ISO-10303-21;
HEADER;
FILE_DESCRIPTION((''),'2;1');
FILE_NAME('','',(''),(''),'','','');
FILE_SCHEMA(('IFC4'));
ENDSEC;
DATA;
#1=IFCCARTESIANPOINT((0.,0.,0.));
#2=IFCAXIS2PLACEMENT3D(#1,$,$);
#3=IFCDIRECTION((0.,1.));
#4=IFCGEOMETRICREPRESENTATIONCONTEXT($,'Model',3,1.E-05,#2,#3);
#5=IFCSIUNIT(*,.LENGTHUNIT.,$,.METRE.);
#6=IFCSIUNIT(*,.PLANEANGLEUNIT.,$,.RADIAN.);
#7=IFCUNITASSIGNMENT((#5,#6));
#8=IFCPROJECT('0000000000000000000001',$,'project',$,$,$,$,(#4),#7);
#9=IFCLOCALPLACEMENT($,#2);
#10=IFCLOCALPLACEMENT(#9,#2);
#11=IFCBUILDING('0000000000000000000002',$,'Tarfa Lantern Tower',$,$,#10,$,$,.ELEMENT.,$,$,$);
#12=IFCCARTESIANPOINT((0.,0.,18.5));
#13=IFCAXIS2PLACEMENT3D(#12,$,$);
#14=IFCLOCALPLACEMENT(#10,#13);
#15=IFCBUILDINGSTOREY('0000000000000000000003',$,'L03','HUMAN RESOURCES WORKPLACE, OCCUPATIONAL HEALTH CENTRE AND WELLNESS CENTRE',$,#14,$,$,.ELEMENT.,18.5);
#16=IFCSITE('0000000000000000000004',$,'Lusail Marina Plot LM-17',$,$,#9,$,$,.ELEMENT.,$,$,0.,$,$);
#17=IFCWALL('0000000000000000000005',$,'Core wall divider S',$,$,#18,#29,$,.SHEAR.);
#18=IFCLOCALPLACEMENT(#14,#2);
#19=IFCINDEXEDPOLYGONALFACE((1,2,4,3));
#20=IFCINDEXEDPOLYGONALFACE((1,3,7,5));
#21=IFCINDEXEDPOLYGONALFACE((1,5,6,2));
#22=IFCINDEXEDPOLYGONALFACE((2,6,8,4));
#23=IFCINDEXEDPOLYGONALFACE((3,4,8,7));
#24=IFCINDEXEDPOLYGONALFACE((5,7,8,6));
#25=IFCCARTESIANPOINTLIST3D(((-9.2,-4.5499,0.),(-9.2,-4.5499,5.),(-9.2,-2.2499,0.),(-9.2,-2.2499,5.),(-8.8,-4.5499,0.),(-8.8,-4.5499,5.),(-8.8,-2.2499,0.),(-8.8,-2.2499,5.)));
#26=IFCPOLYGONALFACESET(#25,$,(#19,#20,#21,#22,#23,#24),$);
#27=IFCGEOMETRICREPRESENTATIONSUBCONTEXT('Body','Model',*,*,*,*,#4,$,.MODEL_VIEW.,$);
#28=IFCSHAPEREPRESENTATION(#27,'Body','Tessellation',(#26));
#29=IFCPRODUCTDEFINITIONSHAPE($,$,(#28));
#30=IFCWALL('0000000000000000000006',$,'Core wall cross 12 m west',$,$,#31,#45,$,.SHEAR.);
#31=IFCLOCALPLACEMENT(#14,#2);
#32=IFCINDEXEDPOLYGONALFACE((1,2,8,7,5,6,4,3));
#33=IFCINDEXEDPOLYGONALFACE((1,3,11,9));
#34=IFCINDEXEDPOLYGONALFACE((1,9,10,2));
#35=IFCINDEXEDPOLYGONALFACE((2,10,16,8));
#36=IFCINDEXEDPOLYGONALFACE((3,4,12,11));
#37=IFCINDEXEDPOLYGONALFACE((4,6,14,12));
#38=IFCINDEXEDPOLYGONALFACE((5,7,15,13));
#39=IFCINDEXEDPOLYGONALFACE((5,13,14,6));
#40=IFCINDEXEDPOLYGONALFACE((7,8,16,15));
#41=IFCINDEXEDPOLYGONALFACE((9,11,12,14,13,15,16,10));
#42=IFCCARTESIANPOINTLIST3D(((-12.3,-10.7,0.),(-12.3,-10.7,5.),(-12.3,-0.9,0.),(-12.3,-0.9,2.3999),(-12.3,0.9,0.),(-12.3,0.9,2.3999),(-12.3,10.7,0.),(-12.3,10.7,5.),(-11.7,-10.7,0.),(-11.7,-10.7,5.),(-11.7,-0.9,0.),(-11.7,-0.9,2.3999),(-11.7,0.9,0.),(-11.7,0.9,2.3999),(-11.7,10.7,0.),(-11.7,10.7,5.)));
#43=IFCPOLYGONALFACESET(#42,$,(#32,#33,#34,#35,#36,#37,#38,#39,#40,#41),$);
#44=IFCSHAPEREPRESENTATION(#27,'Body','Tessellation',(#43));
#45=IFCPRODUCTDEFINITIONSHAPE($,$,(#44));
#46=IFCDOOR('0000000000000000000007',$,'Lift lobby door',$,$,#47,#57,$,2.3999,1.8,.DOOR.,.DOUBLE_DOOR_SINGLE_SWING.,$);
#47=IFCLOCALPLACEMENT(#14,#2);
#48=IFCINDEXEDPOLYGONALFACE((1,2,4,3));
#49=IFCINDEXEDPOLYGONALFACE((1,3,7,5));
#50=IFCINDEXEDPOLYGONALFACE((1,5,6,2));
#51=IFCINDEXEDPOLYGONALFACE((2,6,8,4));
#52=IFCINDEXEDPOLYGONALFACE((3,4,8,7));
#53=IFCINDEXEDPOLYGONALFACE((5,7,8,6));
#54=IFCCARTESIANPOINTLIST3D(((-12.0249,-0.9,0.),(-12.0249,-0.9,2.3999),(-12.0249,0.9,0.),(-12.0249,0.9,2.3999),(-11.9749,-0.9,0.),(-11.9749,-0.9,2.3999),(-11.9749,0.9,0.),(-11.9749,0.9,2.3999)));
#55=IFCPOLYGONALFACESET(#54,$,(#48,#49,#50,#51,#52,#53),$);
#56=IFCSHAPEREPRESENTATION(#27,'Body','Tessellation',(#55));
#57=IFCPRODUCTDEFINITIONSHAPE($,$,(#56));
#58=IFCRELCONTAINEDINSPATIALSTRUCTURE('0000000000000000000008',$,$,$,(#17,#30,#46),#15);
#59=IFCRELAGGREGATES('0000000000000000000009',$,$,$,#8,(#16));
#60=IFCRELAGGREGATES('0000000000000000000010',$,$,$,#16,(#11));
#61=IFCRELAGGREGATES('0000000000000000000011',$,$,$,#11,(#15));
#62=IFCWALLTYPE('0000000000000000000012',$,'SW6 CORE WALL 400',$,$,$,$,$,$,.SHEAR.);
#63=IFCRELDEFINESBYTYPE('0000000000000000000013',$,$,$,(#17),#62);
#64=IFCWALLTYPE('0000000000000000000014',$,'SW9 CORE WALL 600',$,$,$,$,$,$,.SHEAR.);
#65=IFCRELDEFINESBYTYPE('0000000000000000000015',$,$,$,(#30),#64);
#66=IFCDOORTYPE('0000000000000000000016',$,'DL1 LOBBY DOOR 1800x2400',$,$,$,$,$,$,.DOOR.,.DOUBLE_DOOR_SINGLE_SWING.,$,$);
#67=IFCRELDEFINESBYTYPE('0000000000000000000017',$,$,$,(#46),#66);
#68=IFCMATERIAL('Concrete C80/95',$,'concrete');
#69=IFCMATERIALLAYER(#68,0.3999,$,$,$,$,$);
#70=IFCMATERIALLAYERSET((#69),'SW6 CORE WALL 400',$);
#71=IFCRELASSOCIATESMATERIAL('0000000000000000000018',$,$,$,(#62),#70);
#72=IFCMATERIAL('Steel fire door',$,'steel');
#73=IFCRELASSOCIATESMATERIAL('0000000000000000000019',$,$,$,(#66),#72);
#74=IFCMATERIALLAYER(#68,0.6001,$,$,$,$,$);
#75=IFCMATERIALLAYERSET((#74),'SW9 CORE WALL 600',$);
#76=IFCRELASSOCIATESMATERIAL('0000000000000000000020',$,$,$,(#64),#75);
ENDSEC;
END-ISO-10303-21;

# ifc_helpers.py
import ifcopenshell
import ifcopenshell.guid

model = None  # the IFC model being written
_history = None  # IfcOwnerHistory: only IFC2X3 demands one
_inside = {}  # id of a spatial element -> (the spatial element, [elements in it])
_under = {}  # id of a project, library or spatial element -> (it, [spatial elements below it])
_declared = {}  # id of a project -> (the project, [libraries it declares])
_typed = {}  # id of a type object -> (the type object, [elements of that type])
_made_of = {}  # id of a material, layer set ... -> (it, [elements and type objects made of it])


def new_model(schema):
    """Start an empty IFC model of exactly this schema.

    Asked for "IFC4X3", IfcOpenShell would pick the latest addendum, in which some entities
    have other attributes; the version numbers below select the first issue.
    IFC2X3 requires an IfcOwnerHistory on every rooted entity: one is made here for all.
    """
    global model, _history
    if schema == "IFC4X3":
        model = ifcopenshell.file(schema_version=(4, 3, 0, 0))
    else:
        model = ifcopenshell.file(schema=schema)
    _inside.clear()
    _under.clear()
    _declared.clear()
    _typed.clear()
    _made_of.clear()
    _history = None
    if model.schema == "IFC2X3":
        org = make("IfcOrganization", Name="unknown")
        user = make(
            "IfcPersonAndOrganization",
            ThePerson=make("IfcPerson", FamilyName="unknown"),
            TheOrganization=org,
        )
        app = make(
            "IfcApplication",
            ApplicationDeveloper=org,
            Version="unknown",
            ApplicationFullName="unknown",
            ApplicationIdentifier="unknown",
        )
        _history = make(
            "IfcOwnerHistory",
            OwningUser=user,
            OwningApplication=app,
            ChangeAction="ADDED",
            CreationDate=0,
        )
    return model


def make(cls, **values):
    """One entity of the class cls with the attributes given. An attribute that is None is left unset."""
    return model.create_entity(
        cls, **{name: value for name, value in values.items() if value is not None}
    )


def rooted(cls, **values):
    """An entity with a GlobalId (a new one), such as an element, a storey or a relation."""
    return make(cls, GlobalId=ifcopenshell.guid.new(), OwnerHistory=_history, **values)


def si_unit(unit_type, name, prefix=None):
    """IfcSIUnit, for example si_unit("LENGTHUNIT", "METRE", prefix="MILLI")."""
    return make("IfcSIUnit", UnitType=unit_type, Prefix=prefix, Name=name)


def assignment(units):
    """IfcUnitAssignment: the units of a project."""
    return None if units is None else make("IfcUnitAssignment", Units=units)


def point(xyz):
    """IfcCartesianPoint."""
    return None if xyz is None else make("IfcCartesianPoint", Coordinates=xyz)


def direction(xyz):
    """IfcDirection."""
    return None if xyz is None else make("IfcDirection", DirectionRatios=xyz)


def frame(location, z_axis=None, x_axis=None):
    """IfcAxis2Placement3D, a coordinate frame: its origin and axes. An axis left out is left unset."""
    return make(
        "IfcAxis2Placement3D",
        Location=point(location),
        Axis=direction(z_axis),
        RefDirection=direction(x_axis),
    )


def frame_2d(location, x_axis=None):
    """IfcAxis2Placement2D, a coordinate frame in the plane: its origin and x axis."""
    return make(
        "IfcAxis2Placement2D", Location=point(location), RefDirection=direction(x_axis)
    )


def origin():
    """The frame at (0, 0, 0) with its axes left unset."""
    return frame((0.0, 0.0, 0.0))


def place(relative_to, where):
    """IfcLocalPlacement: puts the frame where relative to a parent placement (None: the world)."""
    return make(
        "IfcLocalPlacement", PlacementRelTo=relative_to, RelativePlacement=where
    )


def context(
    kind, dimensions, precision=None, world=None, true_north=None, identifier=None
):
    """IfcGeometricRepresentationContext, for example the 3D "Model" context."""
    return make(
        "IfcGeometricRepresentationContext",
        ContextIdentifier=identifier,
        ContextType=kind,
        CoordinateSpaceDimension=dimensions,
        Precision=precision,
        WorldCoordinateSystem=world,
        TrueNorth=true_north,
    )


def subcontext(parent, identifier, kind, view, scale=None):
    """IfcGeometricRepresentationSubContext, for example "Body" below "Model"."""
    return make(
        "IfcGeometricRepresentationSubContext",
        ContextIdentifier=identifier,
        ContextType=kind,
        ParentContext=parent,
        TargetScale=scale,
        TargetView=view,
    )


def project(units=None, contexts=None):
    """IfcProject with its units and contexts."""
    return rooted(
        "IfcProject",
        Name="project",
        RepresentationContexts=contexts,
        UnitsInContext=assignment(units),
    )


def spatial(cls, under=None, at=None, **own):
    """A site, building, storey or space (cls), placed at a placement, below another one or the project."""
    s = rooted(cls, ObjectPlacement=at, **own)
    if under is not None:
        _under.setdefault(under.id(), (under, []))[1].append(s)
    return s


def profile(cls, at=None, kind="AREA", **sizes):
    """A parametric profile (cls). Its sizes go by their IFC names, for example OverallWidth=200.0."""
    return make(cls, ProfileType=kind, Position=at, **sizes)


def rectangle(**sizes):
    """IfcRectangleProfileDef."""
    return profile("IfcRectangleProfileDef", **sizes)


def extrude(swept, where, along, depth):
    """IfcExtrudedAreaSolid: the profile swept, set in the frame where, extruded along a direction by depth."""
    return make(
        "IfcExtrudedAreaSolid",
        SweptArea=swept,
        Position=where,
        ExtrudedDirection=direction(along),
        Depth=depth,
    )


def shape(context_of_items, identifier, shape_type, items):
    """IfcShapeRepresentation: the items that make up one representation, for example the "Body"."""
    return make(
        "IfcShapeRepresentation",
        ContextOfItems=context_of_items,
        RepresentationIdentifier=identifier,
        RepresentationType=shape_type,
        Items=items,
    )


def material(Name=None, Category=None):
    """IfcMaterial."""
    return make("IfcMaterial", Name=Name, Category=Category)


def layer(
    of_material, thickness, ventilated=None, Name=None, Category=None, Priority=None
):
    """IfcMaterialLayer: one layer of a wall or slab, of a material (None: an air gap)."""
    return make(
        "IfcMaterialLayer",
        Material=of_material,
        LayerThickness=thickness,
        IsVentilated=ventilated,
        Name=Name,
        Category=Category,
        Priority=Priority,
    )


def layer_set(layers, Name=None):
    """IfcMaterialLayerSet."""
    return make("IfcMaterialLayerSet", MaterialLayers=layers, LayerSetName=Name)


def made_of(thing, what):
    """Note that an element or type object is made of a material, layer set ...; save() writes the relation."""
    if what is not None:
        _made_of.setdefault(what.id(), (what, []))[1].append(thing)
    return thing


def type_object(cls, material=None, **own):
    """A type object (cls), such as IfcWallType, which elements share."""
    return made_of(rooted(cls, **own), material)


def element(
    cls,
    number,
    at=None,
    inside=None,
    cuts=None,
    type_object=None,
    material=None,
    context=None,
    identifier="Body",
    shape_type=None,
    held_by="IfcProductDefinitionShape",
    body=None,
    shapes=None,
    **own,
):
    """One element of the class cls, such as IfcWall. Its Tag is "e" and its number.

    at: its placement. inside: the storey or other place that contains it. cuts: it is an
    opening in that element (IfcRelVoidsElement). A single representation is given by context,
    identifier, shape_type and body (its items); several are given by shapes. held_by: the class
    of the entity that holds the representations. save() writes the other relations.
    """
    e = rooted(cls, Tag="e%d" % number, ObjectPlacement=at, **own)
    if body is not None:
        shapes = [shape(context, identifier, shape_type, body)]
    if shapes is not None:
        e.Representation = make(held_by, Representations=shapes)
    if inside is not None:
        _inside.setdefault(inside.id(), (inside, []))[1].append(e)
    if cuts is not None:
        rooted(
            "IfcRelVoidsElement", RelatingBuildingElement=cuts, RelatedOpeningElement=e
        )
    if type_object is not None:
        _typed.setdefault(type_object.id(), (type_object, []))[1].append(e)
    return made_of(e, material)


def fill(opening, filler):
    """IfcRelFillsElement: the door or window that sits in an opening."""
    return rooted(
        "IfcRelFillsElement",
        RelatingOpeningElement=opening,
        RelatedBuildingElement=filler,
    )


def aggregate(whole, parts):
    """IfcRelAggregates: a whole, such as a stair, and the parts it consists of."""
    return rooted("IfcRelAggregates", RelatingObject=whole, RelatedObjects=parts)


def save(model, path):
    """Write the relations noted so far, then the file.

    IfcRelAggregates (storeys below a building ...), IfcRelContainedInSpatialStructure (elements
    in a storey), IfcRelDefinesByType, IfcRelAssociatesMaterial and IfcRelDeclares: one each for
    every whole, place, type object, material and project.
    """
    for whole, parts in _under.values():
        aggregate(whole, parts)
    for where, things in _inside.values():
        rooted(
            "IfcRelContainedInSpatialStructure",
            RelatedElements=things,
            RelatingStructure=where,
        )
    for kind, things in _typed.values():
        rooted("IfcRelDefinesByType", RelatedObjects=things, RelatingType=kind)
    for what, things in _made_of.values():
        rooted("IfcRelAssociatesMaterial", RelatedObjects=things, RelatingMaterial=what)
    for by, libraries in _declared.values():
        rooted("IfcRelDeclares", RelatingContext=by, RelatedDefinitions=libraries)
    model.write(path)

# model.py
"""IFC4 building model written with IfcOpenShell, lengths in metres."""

from ifc_helpers import new_model, si_unit, direction, frame, frame_2d, origin, place, context, subcontext, project, spatial, rectangle, extrude, material, layer, layer_set, type_object, element, fill, save


model = new_model("IFC4")

# Units and contexts
model_context = context("Model", 3, precision=1e-05, world=origin(), true_north=direction((0.0, 1.0)))
body_context = subcontext(model_context, "Body", "Model", "MODEL_VIEW")
ifc_project = project(units=[si_unit("LENGTHUNIT", "METRE"), si_unit("PLANEANGLEUNIT", "RADIAN")], contexts=[model_context])

# Site, building, storey
site_placement = place(None, origin())
site = spatial("IfcSite", under=ifc_project, at=site_placement, Name="Lusail Marina Plot LM-17", CompositionType="ELEMENT", RefElevation=0.0)
building_placement = place(site_placement, origin())
building = spatial("IfcBuilding", under=site, at=building_placement, Name="Tarfa Lantern Tower", CompositionType="ELEMENT")
storey_placement = place(building_placement, frame((0.0, 0.0, 18.5)))
storey = spatial("IfcBuildingStorey", under=building, at=storey_placement, Name="L03", Description="HUMAN RESOURCES WORKPLACE, OCCUPATIONAL HEALTH CENTRE AND WELLNESS CENTRE", CompositionType="ELEMENT", Elevation=18.5)

# Shared definitions
ifc_material_1 = material(Name="Concrete C80/95", Category="concrete")

# Shared definitions
ifc_layer_1 = layer(ifc_material_1, 0.3999)
ifc_layer_set_1 = layer_set([ifc_layer_1], Name="SW6 CORE WALL 400")
wall_type_1 = type_object("IfcWallType", Name="SW6 CORE WALL 400", PredefinedType="SHEAR", material=ifc_layer_set_1)
ifc_material_2 = material(Name="Steel fire door", Category="steel")
door_type = type_object("IfcDoorType", Name="DL1 LOBBY DOOR 1800x2400", OperationType="DOUBLE_DOOR_SINGLE_SWING", PredefinedType="DOOR", material=ifc_material_2)

# Wall
wall_1_placement = place(storey_placement, frame((-9.0, -2.25, 0.0), z_axis=(0.0, 0.0, 1.0), x_axis=(0.0, -1.0, 0.0)))
element("IfcWall", 1, at=wall_1_placement, inside=storey, type_object=wall_type_1, Name="Core wall divider S", PredefinedType="SHEAR", context=body_context, shape_type="SweptSolid", body=[
    extrude(rectangle(XDim=2.3, YDim=0.3999, at=frame_2d((1.1499, 0.0))), origin(), (0.0, 0.0, 1.0), 5.0),
])

# Wall, opening, door
ifc_layer_2 = layer(ifc_material_1, 0.6001)
ifc_layer_set_2 = layer_set([ifc_layer_2], Name="SW9 CORE WALL 600")
wall_type_2 = type_object("IfcWallType", Name="SW9 CORE WALL 600", PredefinedType="SHEAR", material=ifc_layer_set_2)
wall_2_placement = place(storey_placement, frame((-12.0, -10.7, 0.0), z_axis=(0.0, 0.0, 1.0), x_axis=(0.0, 1.0, 0.0)))
wall_2 = element("IfcWall", 2, at=wall_2_placement, inside=storey, type_object=wall_type_2, Name="Core wall cross 12 m west", PredefinedType="SHEAR", context=body_context, shape_type="SweptSolid", body=[
    extrude(rectangle(XDim=21.3999, YDim=0.6001, at=frame_2d((10.7, 0.0))), origin(), (0.0, 0.0, 1.0), 5.0),
])
opening_1_placement = place(wall_2_placement, frame((9.8, 0.0, 0.0)))
opening_1 = element("IfcOpeningElement", 3, at=opening_1_placement, cuts=wall_2, PredefinedType="OPENING", context=body_context, shape_type="SweptSolid", body=[
    extrude(rectangle(XDim=1.8, YDim=2.3999, at=frame_2d((0.8999, 1.2))), frame((0.0, 0.3101, 0.0), z_axis=(0.0, -1.0, 0.0), x_axis=(1.0, 0.0, 0.0)), (0.0, 0.0, 1.0), 0.6201),
])
door_1_placement = place(opening_1_placement, origin())
door_1 = element("IfcDoor", 4, at=door_1_placement, inside=storey, type_object=door_type, Name="Lift lobby door", OperationType="DOUBLE_DOOR_SINGLE_SWING", OverallHeight=2.3999, OverallWidth=1.8, PredefinedType="DOOR", context=body_context, shape_type="SweptSolid", body=[
    extrude(rectangle(XDim=1.8, YDim=2.3999, at=frame_2d((0.8999, 1.2))), frame((0.0, 0.0249, 0.0), z_axis=(0.0, -1.0, 0.0), x_axis=(1.0, 0.0, 0.0)), (0.0, 0.0, 1.0), 0.05),
])
fill(opening_1, door_1)

save(model, "model.ifc")
